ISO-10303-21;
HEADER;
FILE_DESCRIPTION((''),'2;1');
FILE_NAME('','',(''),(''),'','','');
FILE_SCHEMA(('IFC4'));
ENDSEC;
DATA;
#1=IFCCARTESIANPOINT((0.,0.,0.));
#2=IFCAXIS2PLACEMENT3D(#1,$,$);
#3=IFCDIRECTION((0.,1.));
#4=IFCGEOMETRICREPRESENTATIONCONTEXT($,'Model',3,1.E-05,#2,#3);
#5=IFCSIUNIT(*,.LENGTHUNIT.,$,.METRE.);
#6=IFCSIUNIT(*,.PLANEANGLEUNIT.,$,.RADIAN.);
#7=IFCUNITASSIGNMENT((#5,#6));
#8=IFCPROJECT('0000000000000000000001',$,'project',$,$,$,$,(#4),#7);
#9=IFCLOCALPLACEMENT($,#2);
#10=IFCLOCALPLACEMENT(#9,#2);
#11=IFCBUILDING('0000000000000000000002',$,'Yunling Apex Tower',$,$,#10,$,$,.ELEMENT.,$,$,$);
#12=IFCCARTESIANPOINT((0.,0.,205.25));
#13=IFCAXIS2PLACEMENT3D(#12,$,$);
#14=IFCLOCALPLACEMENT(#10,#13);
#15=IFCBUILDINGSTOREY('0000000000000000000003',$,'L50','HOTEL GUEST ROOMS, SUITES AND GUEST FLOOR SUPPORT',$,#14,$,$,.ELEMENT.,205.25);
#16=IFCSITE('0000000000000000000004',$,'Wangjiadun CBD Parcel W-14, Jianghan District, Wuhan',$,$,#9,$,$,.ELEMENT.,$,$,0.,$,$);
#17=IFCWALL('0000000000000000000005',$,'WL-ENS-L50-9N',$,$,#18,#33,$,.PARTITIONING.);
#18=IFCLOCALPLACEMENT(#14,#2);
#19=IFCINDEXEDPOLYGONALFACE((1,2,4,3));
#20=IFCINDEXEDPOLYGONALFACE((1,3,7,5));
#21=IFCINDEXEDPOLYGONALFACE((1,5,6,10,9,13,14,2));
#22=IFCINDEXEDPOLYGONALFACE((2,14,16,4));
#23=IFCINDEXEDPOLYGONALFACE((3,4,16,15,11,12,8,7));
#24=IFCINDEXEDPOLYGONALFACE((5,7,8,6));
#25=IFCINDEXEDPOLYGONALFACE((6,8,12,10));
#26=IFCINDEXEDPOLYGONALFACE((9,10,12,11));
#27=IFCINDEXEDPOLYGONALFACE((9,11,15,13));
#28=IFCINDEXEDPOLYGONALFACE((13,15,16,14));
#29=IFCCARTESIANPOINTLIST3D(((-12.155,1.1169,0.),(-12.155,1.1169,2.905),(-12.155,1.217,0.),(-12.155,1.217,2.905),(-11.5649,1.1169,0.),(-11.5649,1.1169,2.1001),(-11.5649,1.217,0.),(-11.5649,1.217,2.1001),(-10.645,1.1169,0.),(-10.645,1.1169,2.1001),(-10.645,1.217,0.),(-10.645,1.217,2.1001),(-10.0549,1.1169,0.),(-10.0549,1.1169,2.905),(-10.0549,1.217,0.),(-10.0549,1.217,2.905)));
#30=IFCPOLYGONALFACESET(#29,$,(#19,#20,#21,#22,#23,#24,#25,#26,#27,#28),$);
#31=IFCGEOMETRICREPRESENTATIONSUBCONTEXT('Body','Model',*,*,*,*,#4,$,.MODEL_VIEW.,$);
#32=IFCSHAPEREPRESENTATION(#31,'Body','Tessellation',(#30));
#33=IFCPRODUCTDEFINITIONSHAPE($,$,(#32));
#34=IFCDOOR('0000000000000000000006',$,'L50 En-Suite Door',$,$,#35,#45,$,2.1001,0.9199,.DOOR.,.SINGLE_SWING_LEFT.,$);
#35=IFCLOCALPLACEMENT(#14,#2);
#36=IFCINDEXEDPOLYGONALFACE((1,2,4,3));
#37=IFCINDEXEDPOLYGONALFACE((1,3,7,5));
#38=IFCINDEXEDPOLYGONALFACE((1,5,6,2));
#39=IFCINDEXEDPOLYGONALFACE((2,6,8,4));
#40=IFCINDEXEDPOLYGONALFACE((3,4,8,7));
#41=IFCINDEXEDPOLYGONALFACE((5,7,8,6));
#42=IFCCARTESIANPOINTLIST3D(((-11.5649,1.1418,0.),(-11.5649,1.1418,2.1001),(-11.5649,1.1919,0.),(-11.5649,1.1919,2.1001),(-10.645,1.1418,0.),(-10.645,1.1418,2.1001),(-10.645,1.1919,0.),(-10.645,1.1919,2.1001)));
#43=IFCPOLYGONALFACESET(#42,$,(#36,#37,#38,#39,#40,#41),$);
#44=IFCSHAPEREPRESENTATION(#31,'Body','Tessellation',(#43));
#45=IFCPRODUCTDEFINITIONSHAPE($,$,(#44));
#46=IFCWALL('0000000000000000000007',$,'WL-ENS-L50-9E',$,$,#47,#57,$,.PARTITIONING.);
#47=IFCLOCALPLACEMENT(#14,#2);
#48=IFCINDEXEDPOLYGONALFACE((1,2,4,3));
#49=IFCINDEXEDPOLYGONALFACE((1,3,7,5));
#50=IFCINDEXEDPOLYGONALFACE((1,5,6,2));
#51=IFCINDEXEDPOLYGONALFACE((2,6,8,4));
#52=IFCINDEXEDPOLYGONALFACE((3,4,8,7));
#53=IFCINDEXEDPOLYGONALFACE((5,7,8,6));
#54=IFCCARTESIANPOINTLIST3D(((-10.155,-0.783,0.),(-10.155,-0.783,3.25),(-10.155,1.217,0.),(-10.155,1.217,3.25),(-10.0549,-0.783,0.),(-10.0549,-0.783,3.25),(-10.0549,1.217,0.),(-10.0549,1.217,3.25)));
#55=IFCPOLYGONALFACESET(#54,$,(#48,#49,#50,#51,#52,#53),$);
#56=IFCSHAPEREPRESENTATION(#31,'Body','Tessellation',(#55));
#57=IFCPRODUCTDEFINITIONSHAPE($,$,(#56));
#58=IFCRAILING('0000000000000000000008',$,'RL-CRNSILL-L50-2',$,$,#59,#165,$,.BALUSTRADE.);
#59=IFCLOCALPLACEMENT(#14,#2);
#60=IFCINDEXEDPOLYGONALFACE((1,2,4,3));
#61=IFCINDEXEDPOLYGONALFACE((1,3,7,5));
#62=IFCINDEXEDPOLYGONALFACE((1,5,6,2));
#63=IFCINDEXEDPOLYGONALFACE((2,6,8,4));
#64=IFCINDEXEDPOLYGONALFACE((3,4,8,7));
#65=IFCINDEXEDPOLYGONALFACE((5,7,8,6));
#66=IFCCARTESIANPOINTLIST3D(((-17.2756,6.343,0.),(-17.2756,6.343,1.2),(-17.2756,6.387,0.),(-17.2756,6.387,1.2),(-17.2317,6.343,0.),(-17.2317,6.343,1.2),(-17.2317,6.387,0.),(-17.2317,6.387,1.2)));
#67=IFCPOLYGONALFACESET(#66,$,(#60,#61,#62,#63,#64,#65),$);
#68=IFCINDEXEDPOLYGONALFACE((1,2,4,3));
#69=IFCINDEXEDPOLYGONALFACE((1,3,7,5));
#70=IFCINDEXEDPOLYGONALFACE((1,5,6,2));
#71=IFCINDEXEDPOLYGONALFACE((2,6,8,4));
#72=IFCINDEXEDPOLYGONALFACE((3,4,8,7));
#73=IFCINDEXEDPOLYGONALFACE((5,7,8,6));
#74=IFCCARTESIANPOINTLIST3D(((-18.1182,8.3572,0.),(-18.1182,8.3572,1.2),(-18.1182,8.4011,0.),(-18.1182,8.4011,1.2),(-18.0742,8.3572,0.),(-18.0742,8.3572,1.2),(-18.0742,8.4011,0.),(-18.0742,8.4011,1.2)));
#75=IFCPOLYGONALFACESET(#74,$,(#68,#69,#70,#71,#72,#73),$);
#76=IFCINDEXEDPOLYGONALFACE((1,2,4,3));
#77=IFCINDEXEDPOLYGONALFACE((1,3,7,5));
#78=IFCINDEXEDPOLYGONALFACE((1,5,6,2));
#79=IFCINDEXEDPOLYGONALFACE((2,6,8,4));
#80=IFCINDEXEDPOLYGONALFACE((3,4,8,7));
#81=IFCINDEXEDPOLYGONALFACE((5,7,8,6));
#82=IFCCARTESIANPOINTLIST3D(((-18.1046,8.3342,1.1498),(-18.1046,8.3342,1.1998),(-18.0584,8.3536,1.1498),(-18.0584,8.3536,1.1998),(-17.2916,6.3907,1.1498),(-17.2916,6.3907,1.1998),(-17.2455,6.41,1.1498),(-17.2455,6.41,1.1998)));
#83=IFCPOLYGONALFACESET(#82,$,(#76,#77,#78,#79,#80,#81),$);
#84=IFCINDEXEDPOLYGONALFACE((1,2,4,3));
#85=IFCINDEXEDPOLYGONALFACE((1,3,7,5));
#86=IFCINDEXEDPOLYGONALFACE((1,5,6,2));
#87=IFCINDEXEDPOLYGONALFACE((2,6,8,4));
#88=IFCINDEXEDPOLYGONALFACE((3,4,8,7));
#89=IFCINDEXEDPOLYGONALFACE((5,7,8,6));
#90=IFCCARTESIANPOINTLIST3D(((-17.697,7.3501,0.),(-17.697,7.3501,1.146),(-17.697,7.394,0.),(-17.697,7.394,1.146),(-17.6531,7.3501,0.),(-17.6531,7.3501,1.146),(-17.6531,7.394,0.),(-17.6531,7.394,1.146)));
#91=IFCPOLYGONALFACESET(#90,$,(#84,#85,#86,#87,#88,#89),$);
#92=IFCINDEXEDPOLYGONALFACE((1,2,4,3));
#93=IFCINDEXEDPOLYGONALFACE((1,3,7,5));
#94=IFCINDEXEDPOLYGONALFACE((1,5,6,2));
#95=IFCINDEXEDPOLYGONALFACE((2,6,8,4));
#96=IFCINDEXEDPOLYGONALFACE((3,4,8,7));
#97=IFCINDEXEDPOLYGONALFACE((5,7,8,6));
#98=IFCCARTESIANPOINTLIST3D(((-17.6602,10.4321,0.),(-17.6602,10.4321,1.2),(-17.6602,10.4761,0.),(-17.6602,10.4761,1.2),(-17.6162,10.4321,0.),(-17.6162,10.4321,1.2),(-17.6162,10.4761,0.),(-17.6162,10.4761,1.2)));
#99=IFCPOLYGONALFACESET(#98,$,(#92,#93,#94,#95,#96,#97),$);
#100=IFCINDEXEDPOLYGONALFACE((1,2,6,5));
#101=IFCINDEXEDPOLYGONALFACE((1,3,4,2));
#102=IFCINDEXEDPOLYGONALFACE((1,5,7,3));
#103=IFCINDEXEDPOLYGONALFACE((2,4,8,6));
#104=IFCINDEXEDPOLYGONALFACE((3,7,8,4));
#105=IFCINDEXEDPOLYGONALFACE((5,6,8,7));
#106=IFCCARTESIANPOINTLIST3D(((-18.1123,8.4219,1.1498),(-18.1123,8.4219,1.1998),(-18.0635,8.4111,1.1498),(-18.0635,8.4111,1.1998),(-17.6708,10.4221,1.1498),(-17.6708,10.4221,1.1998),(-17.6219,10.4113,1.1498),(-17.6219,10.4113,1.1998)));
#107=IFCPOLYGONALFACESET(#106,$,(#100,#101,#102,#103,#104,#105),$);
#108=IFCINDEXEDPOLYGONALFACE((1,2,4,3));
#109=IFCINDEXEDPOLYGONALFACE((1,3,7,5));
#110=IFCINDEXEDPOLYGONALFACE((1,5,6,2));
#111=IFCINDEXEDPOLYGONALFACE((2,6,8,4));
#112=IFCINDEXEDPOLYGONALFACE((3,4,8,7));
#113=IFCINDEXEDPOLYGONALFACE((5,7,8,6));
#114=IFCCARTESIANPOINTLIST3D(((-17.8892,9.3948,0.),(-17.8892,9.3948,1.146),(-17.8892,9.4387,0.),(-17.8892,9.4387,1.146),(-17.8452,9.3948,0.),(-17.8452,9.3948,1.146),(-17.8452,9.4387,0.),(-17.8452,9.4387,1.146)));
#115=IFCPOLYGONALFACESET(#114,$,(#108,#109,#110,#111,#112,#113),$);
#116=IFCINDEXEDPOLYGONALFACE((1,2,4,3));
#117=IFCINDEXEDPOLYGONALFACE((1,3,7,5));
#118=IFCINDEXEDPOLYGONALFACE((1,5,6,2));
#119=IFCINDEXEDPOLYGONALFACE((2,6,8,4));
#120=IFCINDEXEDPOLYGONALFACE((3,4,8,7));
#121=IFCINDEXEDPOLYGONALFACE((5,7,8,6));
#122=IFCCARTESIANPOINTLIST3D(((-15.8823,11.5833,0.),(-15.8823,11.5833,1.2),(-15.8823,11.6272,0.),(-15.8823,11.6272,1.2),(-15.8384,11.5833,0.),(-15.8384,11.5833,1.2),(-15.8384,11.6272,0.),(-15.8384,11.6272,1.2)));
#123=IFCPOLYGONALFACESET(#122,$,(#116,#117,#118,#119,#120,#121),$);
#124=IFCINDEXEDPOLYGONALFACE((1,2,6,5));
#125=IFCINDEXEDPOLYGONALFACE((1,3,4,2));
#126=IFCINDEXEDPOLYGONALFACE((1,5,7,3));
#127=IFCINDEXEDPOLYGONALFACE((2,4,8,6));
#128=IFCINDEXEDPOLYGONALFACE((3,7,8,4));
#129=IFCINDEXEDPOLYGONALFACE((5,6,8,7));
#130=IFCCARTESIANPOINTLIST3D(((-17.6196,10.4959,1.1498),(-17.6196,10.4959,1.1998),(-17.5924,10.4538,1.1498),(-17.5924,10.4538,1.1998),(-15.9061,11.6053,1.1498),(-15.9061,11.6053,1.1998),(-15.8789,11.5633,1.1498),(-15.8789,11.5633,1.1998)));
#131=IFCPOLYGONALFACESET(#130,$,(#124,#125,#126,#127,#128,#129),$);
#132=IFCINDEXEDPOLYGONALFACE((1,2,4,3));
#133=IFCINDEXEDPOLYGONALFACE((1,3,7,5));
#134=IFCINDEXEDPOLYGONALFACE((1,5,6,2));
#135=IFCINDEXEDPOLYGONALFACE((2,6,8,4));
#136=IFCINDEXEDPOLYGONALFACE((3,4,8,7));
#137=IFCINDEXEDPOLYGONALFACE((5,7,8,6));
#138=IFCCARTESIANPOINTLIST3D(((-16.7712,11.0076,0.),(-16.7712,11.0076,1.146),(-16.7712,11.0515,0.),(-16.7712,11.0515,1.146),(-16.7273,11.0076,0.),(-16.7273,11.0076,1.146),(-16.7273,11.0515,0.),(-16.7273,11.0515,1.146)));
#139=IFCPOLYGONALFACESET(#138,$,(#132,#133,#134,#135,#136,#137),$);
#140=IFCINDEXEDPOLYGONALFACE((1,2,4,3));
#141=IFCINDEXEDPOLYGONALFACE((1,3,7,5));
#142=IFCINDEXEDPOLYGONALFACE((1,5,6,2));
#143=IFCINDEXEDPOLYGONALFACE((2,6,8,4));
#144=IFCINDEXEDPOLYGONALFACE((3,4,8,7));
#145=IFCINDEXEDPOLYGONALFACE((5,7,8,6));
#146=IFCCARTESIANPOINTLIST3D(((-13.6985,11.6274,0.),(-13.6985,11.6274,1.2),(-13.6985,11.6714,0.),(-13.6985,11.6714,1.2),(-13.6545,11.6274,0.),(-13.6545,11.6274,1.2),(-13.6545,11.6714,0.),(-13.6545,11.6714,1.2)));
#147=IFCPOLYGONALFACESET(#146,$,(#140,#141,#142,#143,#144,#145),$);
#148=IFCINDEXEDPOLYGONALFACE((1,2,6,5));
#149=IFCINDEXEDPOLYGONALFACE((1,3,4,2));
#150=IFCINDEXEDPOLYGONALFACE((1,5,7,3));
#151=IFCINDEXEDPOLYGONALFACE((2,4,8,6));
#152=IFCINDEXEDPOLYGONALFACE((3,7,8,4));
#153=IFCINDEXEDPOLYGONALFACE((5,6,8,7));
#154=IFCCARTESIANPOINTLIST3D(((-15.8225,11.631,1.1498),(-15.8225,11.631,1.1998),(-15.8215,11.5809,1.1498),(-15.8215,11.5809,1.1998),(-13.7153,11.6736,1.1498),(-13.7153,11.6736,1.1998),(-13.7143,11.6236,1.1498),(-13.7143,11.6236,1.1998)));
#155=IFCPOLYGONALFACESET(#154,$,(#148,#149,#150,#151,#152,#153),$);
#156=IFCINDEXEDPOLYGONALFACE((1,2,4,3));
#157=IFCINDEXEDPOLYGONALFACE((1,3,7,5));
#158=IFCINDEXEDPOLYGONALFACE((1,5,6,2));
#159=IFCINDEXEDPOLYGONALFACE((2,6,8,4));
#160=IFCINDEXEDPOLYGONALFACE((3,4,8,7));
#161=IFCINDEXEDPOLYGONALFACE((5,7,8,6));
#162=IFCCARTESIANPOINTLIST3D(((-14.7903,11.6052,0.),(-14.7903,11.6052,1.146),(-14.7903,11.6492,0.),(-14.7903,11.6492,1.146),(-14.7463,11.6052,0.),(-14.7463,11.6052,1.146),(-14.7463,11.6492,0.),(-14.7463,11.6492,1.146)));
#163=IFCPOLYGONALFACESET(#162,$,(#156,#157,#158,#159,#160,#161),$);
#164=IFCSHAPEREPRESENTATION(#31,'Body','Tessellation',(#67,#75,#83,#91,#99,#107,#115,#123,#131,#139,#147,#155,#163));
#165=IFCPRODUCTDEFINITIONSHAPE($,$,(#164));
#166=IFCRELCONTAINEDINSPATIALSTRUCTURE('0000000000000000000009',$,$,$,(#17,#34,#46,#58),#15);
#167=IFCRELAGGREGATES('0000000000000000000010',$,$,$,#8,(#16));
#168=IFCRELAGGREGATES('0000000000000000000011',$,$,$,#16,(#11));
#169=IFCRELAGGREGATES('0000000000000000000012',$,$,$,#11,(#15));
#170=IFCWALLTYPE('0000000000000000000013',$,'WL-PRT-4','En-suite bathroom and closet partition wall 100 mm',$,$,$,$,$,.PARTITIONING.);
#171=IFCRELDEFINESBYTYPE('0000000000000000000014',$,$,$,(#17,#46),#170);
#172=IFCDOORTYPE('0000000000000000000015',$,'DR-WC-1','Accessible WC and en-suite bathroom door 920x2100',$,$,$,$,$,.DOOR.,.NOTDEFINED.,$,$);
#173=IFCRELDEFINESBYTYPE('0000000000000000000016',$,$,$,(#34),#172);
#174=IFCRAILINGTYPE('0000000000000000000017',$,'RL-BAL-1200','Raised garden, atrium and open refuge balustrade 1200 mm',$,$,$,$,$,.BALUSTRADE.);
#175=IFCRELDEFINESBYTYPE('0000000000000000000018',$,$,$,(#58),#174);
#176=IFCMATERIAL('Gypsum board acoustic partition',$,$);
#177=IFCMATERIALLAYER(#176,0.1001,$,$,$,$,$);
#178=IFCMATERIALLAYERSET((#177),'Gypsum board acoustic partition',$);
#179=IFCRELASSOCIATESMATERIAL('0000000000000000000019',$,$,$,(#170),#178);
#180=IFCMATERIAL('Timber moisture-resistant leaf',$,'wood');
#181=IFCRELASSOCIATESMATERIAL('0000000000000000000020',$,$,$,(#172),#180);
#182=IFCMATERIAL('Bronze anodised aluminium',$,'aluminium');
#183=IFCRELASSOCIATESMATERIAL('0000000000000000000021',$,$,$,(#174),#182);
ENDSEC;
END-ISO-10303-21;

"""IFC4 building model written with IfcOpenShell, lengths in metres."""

from ifc_helpers import new_model, si_unit, direction, frame, frame_2d, origin, origin_2d, place, context, subcontext, project, spatial, rectangle, extrude, material, layer, layer_set, type_object, element, fill, save


model = new_model("IFC4")

# Units and contexts
model_context = context("Model", 3, precision=1e-05, world=origin(), true_north=direction((0.0, 1.0)))
body_context = subcontext(model_context, "Body", "Model", "MODEL_VIEW")
ifc_project = project(units=[si_unit("LENGTHUNIT", "METRE"), si_unit("PLANEANGLEUNIT", "RADIAN")], contexts=[model_context])

# Site, building, storey
site_placement = place(None, origin())
site = spatial("IfcSite", under=ifc_project, at=site_placement, Name="Wangjiadun CBD Parcel W-14, Jianghan District, Wuhan", CompositionType="ELEMENT", RefElevation=0.0)
building_placement = place(site_placement, origin())
building = spatial("IfcBuilding", under=site, at=building_placement, Name="Yunling Apex Tower", CompositionType="ELEMENT")
storey_placement = place(building_placement, frame((0.0, 0.0, 205.25)))
storey = spatial("IfcBuildingStorey", under=building, at=storey_placement, Name="L50", Description="HOTEL GUEST ROOMS, SUITES AND GUEST FLOOR SUPPORT", CompositionType="ELEMENT", Elevation=205.25)

# Shared definitions
ifc_material_1 = material(Name="Bronze anodised aluminium", Category="aluminium")

# Shared definitions
ifc_material_2 = material(Name="Gypsum board acoustic partition")
ifc_layer_1 = layer(ifc_material_2, 0.1001)
ifc_layer_set_1 = layer_set([ifc_layer_1], Name="Gypsum board acoustic partition")
wall_type = type_object("IfcWallType", Name="WL-PRT-4", Description="En-suite bathroom and closet partition wall 100 mm", PredefinedType="PARTITIONING", material=ifc_layer_set_1)
ifc_material_3 = material(Name="Timber moisture-resistant leaf", Category="wood")
door_type = type_object("IfcDoorType", Name="DR-WC-1", Description="Accessible WC and en-suite bathroom door 920x2100", OperationType="NOTDEFINED", PredefinedType="DOOR", material=ifc_material_3)

# Wall, opening, door
wall_1_placement = place(storey_placement, frame((-12.155, 1.167, 0.0), z_axis=(0.0, 0.0, 1.0), x_axis=(1.0, 0.0, 0.0)))
wall_1 = element("IfcWall", 1, at=wall_1_placement, inside=storey, type_object=wall_type, Name="WL-ENS-L50-9N", PredefinedType="PARTITIONING", context=body_context, shape_type="SweptSolid", body=[
    extrude(rectangle(XDim=2.1001, YDim=0.1001, at=frame_2d((1.05, 0.0))), origin(), (0.0, 0.0, 1.0), 2.905),
])
opening_1_placement = place(wall_1_placement, frame((0.5901, 0.0, 0.0)))
opening_1 = element("IfcOpeningElement", 2, at=opening_1_placement, cuts=wall_1, PredefinedType="OPENING", context=body_context, shape_type="SweptSolid", body=[
    extrude(rectangle(XDim=0.9199, YDim=2.1001, at=frame_2d((0.46, 1.05))), frame((0.0, 0.0601, 0.0), z_axis=(0.0, -1.0, 0.0), x_axis=(1.0, 0.0, 0.0)), (0.0, 0.0, 1.0), 0.1201),
])
door_1_placement = place(opening_1_placement, origin())
door_1 = element("IfcDoor", 3, at=door_1_placement, inside=storey, type_object=door_type, Name="L50 En-Suite Door", OperationType="SINGLE_SWING_LEFT", OverallHeight=2.1001, OverallWidth=0.9199, PredefinedType="DOOR", context=body_context, shape_type="SweptSolid", body=[
    extrude(rectangle(XDim=0.9199, YDim=2.1001, at=frame_2d((0.46, 1.05))), frame((0.0, 0.0249, 0.0), z_axis=(0.0, -1.0, 0.0), x_axis=(1.0, 0.0, 0.0)), (0.0, 0.0, 1.0), 0.05),
])
fill(opening_1, door_1)

# Wall
wall_2_placement = place(storey_placement, frame((-10.105, 1.217, 0.0), z_axis=(0.0, 0.0, 1.0), x_axis=(0.0, -1.0, 0.0)))
element("IfcWall", 4, at=wall_2_placement, inside=storey, type_object=wall_type, Name="WL-ENS-L50-9E", PredefinedType="PARTITIONING", context=body_context, shape_type="SweptSolid", body=[
    extrude(rectangle(XDim=2.0, YDim=0.1001, at=frame_2d((1.0, 0.0))), origin(), (0.0, 0.0, 1.0), 3.25),
])

# Railing
railing_type = type_object("IfcRailingType", Name="RL-BAL-1200", Description="Raised garden, atrium and open refuge balustrade 1200 mm", PredefinedType="BALUSTRADE", material=ifc_material_1)
railing_placement = place(storey_placement, frame((-17.2537, 6.365, 0.0)))
element("IfcRailing", 5, at=railing_placement, inside=storey, type_object=railing_type, Name="RL-CRNSILL-L50-2", PredefinedType="BALUSTRADE", context=body_context, shape_type="SweptSolid", body=[
    extrude(rectangle(XDim=0.0439, YDim=0.0439, at=origin_2d()), origin(), (0.0, 0.0, 1.0), 1.2),
    extrude(rectangle(XDim=0.0439, YDim=0.0439, at=origin_2d()), frame((-0.8425, 2.0142, 0.0)), (0.0, 0.0, 1.0), 1.2),
    extrude(rectangle(XDim=0.05, YDim=0.05, at=origin_2d()), frame((-0.0149, 0.0354, 1.1748), z_axis=(-0.385901, 0.92254, 0.0), x_axis=(-0.92254, -0.385901, 0.0)), (0.0, 0.0, 1.0), 2.1067),
    extrude(rectangle(XDim=0.0439, YDim=0.0439, at=origin_2d()), frame((-0.4214, 1.0071, 0.0)), (0.0, 0.0, 1.0), 1.146),
    extrude(rectangle(XDim=0.0439, YDim=0.0439, at=origin_2d()), frame((-0.3845, 4.0891, 0.0)), (0.0, 0.0, 1.0), 1.2),
    extrude(rectangle(XDim=0.05, YDim=0.05, at=origin_2d()), frame((-0.8342, 2.0515, 1.1748), z_axis=(0.215543, 0.976494, 0.0), x_axis=(-0.976494, 0.215543, 0.0)), (0.0, 0.0, 1.0), 2.0483),
    extrude(rectangle(XDim=0.0439, YDim=0.0439, at=origin_2d()), frame((-0.6135, 3.0518, 0.0)), (0.0, 0.0, 1.0), 1.146),
    extrude(rectangle(XDim=0.0439, YDim=0.0439, at=origin_2d()), frame((1.3933, 5.2402, 0.0)), (0.0, 0.0, 1.0), 1.2),
    extrude(rectangle(XDim=0.05, YDim=0.05, at=origin_2d()), frame((-0.3523, 4.1099, 1.1748), z_axis=(0.839406, 0.543505, 0.0), x_axis=(-0.543505, 0.839406, 0.0)), (0.0, 0.0, 1.0), 2.0413),
    extrude(rectangle(XDim=0.0439, YDim=0.0439, at=origin_2d()), frame((0.5044, 4.6646, 0.0)), (0.0, 0.0, 1.0), 1.146),
    extrude(rectangle(XDim=0.0439, YDim=0.0439, at=origin_2d()), frame((3.5771, 5.2844, 0.0)), (0.0, 0.0, 1.0), 1.2),
    extrude(rectangle(XDim=0.05, YDim=0.05, at=origin_2d()), frame((1.4316, 5.241, 1.1748), z_axis=(0.999795, 0.020231, 0.0), x_axis=(-0.020231, 0.999795, 0.0)), (0.0, 0.0, 1.0), 2.1077),
    extrude(rectangle(XDim=0.0439, YDim=0.0439, at=origin_2d()), frame((2.4854, 5.2622, 0.0)), (0.0, 0.0, 1.0), 1.146),
])

save(model, "model.ifc")
